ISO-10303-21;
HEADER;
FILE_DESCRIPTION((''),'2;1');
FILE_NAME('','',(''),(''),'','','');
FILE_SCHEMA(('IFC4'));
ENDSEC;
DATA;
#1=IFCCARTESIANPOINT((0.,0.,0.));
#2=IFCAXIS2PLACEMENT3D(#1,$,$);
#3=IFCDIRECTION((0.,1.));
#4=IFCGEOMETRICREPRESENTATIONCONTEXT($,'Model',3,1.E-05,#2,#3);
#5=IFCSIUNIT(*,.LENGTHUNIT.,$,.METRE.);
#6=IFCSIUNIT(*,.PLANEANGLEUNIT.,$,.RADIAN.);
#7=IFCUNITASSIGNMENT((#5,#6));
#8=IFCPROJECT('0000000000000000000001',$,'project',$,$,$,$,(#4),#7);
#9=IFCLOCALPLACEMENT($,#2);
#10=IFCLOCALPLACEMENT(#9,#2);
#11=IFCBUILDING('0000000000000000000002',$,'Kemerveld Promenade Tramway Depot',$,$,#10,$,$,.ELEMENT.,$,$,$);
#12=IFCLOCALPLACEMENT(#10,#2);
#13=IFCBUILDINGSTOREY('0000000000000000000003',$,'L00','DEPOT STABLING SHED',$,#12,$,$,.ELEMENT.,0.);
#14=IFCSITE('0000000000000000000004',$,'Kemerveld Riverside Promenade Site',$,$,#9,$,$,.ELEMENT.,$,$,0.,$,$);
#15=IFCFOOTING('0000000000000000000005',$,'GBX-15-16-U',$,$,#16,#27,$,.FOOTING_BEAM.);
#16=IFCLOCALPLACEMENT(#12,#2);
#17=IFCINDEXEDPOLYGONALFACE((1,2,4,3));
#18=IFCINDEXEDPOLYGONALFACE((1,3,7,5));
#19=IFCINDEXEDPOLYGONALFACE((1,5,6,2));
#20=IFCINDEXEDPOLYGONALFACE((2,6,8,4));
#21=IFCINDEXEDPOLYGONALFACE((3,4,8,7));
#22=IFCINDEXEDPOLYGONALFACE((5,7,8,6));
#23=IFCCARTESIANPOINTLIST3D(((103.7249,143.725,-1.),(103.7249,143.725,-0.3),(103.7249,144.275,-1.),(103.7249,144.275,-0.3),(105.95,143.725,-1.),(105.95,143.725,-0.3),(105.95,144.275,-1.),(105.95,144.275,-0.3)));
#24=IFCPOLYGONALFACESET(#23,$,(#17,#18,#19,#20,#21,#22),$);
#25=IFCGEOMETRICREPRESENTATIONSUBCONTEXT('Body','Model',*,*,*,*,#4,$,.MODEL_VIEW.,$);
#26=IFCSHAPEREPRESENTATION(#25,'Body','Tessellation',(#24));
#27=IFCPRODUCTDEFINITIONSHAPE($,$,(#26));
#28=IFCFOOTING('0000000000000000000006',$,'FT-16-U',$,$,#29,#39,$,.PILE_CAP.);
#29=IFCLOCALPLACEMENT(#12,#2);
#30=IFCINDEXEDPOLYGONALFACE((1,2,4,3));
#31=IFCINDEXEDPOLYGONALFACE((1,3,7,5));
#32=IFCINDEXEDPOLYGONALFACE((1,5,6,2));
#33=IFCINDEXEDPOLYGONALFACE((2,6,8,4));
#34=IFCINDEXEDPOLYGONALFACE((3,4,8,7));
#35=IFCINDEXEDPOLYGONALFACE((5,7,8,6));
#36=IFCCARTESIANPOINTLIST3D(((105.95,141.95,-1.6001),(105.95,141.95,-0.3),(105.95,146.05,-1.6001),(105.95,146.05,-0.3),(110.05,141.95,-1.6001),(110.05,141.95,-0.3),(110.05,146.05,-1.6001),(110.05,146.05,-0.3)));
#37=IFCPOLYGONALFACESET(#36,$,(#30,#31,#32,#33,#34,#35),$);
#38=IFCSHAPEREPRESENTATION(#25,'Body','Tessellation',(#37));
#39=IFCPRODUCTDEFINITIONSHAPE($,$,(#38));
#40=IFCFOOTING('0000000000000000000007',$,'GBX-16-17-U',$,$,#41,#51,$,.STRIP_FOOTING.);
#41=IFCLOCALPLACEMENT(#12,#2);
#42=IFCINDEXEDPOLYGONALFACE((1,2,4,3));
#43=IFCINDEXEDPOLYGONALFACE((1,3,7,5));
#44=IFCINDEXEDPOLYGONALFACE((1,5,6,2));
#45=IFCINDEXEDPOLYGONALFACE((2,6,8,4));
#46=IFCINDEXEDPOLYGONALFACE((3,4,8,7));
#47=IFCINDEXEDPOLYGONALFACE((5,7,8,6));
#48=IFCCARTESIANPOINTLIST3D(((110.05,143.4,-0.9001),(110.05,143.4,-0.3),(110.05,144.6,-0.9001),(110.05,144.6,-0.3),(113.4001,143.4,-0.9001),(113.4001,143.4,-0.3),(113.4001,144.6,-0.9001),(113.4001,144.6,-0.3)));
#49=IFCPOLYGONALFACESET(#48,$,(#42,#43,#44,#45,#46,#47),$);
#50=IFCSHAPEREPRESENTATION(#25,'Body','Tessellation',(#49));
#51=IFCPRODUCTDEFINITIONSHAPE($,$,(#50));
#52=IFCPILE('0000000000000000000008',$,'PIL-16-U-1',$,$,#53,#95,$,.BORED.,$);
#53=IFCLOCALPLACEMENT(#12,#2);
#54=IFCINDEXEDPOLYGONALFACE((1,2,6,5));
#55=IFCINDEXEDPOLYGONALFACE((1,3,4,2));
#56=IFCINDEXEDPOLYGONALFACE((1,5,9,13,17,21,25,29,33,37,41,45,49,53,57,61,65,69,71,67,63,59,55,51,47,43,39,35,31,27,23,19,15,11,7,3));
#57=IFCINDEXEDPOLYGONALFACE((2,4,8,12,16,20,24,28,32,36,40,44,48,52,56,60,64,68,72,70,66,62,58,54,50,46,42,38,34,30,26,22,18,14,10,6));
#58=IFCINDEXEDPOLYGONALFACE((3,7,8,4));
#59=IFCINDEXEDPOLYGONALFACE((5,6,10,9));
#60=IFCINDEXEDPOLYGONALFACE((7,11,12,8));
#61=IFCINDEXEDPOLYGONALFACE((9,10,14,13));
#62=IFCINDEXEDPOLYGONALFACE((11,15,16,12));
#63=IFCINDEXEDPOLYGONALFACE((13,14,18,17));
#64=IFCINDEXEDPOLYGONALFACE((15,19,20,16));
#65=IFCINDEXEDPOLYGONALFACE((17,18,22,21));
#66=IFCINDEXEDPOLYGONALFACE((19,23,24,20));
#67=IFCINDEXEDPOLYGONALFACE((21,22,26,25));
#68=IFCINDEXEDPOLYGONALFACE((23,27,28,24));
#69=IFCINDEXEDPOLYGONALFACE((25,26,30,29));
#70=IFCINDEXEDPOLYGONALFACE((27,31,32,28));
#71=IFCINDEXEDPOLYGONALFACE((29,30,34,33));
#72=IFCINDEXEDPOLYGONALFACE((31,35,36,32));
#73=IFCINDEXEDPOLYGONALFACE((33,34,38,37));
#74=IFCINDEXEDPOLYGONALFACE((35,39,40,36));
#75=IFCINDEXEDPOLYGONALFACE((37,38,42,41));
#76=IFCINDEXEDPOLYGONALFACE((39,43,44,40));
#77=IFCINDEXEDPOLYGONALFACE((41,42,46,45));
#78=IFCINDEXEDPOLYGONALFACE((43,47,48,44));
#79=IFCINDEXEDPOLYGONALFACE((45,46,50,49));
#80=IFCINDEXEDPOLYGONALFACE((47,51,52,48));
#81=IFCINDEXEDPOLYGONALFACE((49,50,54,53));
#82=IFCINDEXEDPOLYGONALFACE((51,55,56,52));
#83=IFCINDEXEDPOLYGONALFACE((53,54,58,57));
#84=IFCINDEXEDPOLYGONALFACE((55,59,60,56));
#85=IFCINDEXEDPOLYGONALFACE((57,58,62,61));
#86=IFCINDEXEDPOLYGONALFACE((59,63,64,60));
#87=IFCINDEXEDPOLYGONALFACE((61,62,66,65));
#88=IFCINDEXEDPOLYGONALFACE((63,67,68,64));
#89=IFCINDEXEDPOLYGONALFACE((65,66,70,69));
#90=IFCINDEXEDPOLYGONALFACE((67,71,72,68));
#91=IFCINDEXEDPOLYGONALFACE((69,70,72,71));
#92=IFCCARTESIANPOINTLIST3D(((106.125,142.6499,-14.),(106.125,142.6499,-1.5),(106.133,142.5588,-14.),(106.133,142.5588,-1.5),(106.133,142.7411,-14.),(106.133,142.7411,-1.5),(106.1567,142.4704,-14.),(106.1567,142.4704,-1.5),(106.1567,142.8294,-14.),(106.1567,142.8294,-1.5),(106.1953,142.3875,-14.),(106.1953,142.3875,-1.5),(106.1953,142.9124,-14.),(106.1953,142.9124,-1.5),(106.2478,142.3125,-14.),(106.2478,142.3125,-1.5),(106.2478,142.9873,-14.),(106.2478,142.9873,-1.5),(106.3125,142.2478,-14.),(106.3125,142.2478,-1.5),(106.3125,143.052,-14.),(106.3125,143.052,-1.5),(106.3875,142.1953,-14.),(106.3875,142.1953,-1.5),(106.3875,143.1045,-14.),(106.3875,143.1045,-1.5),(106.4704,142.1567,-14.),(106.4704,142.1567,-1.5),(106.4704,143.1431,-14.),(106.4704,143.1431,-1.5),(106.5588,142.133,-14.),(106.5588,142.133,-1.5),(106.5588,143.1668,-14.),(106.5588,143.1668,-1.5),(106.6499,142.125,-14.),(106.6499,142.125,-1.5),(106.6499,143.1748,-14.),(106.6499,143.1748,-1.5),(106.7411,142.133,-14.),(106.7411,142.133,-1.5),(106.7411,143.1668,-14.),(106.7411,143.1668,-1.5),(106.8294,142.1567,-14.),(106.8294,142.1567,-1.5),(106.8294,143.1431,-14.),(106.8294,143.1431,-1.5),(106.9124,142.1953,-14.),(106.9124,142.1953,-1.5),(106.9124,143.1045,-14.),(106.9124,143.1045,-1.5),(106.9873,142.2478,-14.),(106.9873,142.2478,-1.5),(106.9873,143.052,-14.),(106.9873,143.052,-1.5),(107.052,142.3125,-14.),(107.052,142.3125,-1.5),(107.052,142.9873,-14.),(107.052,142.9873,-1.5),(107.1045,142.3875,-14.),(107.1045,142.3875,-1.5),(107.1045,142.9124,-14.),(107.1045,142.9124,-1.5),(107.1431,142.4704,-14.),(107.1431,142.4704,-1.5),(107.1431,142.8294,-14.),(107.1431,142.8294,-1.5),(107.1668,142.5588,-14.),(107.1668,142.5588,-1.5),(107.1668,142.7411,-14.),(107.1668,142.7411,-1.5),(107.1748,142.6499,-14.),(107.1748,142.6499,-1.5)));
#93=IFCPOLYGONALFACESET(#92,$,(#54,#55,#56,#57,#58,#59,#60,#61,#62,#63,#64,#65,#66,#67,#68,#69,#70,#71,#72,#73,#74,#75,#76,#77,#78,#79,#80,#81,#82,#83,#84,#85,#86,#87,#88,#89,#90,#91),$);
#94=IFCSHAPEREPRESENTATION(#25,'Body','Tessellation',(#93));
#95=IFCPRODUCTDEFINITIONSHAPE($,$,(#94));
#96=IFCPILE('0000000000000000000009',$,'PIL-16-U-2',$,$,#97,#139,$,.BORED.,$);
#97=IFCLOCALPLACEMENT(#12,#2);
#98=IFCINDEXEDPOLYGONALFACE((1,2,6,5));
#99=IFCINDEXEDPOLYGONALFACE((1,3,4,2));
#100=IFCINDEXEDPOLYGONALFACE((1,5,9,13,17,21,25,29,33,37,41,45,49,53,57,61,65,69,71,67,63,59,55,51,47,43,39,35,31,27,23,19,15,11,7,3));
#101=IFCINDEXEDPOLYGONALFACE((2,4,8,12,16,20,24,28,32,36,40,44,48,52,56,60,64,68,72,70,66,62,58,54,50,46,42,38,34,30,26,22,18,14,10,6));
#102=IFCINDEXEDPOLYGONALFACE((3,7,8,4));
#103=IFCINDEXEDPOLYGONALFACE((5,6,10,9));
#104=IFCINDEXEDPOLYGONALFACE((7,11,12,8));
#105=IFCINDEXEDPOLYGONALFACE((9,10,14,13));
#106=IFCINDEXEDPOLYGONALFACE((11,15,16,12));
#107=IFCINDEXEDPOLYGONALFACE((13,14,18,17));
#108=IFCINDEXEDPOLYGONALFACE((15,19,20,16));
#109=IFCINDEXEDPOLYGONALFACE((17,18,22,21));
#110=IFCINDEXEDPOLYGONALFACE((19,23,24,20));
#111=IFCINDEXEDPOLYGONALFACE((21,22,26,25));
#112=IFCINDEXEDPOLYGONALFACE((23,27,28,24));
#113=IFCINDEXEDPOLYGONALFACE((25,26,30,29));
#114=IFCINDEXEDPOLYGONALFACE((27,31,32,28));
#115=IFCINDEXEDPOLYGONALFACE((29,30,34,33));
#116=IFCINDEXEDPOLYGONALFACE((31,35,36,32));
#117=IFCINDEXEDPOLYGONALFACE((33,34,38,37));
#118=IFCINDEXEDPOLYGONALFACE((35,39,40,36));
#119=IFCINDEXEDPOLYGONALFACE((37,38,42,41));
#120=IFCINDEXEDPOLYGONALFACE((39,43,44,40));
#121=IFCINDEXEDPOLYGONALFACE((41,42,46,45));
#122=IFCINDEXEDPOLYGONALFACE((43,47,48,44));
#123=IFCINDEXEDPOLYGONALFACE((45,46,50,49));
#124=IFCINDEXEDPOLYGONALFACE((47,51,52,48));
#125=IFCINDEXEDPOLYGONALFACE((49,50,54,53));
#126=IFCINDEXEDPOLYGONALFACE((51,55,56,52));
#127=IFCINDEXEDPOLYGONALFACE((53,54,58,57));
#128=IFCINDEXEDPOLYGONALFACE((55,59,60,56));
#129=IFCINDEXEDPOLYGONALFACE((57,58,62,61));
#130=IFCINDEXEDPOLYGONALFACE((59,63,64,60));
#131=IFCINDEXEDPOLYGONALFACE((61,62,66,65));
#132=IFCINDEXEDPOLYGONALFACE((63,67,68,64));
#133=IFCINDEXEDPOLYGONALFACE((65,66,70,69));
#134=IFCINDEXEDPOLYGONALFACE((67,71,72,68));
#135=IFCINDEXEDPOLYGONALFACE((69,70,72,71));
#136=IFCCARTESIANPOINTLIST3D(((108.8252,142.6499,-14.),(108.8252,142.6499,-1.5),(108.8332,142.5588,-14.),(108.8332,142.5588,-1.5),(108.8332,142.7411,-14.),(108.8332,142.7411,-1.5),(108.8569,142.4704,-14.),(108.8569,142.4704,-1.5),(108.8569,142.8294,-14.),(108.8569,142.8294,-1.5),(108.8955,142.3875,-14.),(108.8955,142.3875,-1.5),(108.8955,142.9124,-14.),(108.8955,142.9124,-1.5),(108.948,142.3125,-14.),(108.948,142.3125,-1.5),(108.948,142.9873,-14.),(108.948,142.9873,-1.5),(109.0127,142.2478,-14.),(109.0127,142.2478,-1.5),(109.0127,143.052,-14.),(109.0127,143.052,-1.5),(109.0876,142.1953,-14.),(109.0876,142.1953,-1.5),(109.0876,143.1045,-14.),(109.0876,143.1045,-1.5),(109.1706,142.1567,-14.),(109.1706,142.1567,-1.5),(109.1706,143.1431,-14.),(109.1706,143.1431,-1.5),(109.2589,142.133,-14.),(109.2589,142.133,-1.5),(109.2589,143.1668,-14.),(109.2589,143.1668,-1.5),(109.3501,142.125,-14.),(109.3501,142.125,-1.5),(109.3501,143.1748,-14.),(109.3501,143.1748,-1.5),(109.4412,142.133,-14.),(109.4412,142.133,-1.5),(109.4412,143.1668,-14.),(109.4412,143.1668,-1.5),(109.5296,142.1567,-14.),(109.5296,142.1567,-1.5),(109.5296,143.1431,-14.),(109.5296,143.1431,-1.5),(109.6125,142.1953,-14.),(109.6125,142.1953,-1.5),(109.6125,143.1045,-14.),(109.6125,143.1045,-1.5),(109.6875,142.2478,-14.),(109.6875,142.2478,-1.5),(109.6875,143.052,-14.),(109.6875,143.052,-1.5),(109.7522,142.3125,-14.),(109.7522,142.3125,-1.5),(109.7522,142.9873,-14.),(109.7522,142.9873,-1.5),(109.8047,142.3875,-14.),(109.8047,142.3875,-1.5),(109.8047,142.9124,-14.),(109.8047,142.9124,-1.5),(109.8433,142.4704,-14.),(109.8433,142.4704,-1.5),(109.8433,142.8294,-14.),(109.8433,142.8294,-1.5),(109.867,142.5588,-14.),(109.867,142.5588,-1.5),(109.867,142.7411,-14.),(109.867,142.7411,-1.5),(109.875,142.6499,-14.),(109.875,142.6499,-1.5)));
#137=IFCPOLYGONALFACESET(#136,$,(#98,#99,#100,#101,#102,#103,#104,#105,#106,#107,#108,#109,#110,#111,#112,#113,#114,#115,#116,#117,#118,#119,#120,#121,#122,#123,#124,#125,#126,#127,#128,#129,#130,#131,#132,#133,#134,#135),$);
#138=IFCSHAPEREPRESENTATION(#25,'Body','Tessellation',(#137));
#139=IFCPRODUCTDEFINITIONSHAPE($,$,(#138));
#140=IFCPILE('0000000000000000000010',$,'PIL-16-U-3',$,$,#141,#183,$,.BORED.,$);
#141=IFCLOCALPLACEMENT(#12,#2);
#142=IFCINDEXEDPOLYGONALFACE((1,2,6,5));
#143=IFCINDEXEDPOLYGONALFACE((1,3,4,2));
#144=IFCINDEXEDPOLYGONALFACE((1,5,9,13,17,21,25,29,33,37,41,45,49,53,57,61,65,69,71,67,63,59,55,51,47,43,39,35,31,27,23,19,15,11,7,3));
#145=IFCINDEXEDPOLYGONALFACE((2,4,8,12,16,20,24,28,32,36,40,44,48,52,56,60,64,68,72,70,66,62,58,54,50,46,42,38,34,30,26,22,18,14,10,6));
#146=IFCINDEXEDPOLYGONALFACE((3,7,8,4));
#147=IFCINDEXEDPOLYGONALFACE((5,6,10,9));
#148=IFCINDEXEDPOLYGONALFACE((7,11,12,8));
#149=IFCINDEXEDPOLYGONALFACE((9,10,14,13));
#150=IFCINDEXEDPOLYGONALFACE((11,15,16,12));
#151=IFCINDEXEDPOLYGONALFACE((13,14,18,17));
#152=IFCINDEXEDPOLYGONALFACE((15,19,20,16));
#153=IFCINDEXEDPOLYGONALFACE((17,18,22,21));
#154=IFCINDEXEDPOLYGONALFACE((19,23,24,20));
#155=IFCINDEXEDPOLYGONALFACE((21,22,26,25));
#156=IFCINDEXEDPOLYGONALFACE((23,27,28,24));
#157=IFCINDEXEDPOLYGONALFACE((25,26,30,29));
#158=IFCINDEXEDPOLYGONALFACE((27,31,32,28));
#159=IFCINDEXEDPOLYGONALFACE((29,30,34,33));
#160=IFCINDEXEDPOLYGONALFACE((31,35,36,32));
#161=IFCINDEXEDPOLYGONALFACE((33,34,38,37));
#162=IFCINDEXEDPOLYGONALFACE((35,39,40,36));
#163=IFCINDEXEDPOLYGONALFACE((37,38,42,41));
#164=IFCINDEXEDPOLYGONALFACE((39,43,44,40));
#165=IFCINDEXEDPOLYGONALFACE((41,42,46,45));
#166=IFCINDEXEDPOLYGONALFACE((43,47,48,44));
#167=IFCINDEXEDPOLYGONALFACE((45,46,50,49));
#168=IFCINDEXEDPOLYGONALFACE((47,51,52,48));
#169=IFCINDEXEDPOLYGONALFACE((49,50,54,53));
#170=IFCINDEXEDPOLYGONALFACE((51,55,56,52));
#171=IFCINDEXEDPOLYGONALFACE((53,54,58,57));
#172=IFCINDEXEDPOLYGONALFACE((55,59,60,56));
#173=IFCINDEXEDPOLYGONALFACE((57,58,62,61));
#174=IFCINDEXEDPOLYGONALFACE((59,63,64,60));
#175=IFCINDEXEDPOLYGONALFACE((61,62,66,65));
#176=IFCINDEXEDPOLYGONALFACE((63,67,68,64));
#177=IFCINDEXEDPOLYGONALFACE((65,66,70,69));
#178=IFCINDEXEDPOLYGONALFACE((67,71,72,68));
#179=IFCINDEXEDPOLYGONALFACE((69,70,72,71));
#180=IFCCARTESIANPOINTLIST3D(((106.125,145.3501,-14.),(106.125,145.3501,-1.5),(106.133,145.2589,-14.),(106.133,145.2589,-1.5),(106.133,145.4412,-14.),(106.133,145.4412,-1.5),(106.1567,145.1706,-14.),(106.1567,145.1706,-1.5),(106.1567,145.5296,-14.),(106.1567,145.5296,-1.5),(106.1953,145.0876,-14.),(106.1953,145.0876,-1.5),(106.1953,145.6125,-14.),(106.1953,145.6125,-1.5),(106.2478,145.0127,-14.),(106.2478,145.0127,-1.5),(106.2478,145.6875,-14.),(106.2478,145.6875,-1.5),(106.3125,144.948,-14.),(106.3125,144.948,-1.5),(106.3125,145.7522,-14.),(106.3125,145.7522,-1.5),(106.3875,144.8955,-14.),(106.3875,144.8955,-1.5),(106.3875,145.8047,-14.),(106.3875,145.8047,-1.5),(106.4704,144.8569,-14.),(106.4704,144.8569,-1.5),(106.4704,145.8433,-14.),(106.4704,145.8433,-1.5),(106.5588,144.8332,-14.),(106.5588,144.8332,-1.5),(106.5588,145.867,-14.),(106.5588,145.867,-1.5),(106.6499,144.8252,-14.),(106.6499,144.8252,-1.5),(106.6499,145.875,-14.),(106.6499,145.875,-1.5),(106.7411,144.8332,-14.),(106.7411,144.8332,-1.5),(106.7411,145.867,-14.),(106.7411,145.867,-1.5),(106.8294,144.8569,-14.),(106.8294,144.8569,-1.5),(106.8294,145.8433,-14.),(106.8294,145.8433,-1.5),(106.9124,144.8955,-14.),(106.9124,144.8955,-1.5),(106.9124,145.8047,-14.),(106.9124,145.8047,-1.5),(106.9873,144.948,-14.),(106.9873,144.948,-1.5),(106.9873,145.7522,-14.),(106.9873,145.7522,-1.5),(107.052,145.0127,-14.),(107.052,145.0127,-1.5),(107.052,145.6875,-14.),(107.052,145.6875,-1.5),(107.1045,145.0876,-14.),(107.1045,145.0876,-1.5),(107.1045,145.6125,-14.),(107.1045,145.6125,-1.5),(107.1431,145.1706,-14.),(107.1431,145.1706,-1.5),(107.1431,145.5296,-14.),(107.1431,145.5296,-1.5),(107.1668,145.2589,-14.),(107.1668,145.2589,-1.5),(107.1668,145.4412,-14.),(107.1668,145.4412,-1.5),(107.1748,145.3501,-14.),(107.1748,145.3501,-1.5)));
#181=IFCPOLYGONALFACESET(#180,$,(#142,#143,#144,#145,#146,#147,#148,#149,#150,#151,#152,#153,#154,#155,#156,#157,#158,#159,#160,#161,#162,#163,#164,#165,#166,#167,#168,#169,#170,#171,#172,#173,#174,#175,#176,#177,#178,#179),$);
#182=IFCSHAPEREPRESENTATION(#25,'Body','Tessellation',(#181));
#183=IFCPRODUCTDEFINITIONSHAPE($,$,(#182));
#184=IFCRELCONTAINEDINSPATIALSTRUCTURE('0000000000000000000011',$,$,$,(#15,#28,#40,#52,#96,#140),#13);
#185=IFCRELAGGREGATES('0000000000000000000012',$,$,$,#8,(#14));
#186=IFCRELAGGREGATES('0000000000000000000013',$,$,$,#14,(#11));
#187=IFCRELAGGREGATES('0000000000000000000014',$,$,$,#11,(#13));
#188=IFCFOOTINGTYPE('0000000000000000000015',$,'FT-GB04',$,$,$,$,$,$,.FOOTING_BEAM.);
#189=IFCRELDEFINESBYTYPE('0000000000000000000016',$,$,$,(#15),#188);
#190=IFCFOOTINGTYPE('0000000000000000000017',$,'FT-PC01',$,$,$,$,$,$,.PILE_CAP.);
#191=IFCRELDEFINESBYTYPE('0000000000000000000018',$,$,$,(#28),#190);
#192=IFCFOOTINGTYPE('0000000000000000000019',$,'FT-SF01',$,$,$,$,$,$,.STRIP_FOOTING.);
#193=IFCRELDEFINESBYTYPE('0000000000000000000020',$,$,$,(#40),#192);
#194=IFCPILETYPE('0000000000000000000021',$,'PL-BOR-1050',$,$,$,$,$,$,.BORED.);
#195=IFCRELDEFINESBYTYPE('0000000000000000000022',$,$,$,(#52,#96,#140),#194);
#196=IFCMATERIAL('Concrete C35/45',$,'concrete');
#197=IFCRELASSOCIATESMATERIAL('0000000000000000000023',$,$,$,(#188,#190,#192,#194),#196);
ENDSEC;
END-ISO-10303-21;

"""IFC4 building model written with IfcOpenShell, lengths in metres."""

from ifc_helpers import new_model, si_unit, direction, frame, origin, origin_2d, place, context, subcontext, project, spatial, rectangle, circle, extrude, material, material_profile, profile_set, type_object, element, save


model = new_model("IFC4")

# Units and contexts
model_context = context("Model", 3, precision=1e-05, world=origin(), true_north=direction((0.0, 1.0)))
body_context = subcontext(model_context, "Body", "Model", "MODEL_VIEW")
ifc_project = project(units=[si_unit("LENGTHUNIT", "METRE"), si_unit("PLANEANGLEUNIT", "RADIAN")], contexts=[model_context])

# Site, building, storey
site_placement = place(None, origin())
site = spatial("IfcSite", under=ifc_project, at=site_placement, Name="Kemerveld Riverside Promenade Site", CompositionType="ELEMENT", RefElevation=0.0)
building_placement = place(site_placement, origin())
building = spatial("IfcBuilding", under=site, at=building_placement, Name="Kemerveld Promenade Tramway Depot", CompositionType="ELEMENT")
storey_placement = place(building_placement, origin())
storey = spatial("IfcBuildingStorey", under=building, at=storey_placement, Name="L00", Description="DEPOT STABLING SHED", CompositionType="ELEMENT", Elevation=0.0)

# Footings
ifc_material_1 = material(Name="Concrete C35/45", Category="concrete")
footing_type_1 = type_object("IfcFootingType", Name="FT-GB04", PredefinedType="FOOTING_BEAM", material=ifc_material_1)
footing_1_placement = place(storey_placement, frame((104.8374, 144.0, -1.0), z_axis=(0.0, 0.0, 1.0), x_axis=(1.0, 0.0, 0.0)))
element("IfcFooting", 1, at=footing_1_placement, inside=storey, type_object=footing_type_1, Name="GBX-15-16-U", PredefinedType="FOOTING_BEAM", context=body_context, shape_type="SweptSolid", body=[
    extrude(rectangle(XDim=2.2251, YDim=0.55, at=origin_2d()), origin(), (0.0, 0.0, 1.0), 0.7),
])
footing_type_2 = type_object("IfcFootingType", Name="FT-PC01", PredefinedType="PILE_CAP", material=ifc_material_1)
footing_2_placement = place(storey_placement, frame((108.0, 144.0, -1.6001), z_axis=(0.0, 0.0, 1.0), x_axis=(1.0, 0.0, 0.0)))
element("IfcFooting", 2, at=footing_2_placement, inside=storey, type_object=footing_type_2, Name="FT-16-U", PredefinedType="PILE_CAP", context=body_context, shape_type="SweptSolid", body=[
    extrude(rectangle(XDim=4.1001, YDim=4.1001, at=origin_2d()), origin(), (0.0, 0.0, 1.0), 1.3),
])
footing_type_3 = type_object("IfcFootingType", Name="FT-SF01", PredefinedType="STRIP_FOOTING", material=ifc_material_1)
footing_3_placement = place(storey_placement, frame((111.7251, 144.0, -0.9001), z_axis=(0.0, 0.0, 1.0), x_axis=(1.0, 0.0, 0.0)))
element("IfcFooting", 3, at=footing_3_placement, inside=storey, type_object=footing_type_3, Name="GBX-16-17-U", PredefinedType="STRIP_FOOTING", context=body_context, shape_type="SweptSolid", body=[
    extrude(rectangle(XDim=3.3501, YDim=1.2, at=origin_2d()), origin(), (0.0, 0.0, 1.0), 0.6001),
])

# Piles
ifc_material_profile_1 = material_profile(ifc_material_1, circle(Radius=0.5249, at=origin_2d()), Name="PILE-D1050")
ifc_profile_set_1 = profile_set([ifc_material_profile_1], Name="Concrete C35/45")
pile_type = type_object("IfcPileType", Name="PL-BOR-1050", PredefinedType="BORED", material=ifc_profile_set_1)
for number, where, z_axis, x_axis, name in (
    (4, (106.6499, 142.6499, -1.5), (0.0, 0.0, -1.0), (1.0, 0.0, 0.0), "PIL-16-U-1"),
    (5, (109.3501, 142.6499, -1.5), (0.0, 0.0, -1.0), (1.0, 0.0, 0.0), "PIL-16-U-2"),
    (6, (106.6499, 145.3501, -1.5), (0.0, 0.0, -1.0), (1.0, 0.0, 0.0), "PIL-16-U-3"),
):
    element("IfcPile", number, at=place(storey_placement, frame(where, z_axis=z_axis, x_axis=x_axis)), inside=storey, type_object=pile_type, Name=name, PredefinedType="BORED", context=body_context, shape_type="SweptSolid", body=[
        extrude(circle(Radius=0.5249, at=origin_2d()), origin(), (0.0, 0.0, 1.0), 12.5),
    ])

save(model, "model.ifc")
